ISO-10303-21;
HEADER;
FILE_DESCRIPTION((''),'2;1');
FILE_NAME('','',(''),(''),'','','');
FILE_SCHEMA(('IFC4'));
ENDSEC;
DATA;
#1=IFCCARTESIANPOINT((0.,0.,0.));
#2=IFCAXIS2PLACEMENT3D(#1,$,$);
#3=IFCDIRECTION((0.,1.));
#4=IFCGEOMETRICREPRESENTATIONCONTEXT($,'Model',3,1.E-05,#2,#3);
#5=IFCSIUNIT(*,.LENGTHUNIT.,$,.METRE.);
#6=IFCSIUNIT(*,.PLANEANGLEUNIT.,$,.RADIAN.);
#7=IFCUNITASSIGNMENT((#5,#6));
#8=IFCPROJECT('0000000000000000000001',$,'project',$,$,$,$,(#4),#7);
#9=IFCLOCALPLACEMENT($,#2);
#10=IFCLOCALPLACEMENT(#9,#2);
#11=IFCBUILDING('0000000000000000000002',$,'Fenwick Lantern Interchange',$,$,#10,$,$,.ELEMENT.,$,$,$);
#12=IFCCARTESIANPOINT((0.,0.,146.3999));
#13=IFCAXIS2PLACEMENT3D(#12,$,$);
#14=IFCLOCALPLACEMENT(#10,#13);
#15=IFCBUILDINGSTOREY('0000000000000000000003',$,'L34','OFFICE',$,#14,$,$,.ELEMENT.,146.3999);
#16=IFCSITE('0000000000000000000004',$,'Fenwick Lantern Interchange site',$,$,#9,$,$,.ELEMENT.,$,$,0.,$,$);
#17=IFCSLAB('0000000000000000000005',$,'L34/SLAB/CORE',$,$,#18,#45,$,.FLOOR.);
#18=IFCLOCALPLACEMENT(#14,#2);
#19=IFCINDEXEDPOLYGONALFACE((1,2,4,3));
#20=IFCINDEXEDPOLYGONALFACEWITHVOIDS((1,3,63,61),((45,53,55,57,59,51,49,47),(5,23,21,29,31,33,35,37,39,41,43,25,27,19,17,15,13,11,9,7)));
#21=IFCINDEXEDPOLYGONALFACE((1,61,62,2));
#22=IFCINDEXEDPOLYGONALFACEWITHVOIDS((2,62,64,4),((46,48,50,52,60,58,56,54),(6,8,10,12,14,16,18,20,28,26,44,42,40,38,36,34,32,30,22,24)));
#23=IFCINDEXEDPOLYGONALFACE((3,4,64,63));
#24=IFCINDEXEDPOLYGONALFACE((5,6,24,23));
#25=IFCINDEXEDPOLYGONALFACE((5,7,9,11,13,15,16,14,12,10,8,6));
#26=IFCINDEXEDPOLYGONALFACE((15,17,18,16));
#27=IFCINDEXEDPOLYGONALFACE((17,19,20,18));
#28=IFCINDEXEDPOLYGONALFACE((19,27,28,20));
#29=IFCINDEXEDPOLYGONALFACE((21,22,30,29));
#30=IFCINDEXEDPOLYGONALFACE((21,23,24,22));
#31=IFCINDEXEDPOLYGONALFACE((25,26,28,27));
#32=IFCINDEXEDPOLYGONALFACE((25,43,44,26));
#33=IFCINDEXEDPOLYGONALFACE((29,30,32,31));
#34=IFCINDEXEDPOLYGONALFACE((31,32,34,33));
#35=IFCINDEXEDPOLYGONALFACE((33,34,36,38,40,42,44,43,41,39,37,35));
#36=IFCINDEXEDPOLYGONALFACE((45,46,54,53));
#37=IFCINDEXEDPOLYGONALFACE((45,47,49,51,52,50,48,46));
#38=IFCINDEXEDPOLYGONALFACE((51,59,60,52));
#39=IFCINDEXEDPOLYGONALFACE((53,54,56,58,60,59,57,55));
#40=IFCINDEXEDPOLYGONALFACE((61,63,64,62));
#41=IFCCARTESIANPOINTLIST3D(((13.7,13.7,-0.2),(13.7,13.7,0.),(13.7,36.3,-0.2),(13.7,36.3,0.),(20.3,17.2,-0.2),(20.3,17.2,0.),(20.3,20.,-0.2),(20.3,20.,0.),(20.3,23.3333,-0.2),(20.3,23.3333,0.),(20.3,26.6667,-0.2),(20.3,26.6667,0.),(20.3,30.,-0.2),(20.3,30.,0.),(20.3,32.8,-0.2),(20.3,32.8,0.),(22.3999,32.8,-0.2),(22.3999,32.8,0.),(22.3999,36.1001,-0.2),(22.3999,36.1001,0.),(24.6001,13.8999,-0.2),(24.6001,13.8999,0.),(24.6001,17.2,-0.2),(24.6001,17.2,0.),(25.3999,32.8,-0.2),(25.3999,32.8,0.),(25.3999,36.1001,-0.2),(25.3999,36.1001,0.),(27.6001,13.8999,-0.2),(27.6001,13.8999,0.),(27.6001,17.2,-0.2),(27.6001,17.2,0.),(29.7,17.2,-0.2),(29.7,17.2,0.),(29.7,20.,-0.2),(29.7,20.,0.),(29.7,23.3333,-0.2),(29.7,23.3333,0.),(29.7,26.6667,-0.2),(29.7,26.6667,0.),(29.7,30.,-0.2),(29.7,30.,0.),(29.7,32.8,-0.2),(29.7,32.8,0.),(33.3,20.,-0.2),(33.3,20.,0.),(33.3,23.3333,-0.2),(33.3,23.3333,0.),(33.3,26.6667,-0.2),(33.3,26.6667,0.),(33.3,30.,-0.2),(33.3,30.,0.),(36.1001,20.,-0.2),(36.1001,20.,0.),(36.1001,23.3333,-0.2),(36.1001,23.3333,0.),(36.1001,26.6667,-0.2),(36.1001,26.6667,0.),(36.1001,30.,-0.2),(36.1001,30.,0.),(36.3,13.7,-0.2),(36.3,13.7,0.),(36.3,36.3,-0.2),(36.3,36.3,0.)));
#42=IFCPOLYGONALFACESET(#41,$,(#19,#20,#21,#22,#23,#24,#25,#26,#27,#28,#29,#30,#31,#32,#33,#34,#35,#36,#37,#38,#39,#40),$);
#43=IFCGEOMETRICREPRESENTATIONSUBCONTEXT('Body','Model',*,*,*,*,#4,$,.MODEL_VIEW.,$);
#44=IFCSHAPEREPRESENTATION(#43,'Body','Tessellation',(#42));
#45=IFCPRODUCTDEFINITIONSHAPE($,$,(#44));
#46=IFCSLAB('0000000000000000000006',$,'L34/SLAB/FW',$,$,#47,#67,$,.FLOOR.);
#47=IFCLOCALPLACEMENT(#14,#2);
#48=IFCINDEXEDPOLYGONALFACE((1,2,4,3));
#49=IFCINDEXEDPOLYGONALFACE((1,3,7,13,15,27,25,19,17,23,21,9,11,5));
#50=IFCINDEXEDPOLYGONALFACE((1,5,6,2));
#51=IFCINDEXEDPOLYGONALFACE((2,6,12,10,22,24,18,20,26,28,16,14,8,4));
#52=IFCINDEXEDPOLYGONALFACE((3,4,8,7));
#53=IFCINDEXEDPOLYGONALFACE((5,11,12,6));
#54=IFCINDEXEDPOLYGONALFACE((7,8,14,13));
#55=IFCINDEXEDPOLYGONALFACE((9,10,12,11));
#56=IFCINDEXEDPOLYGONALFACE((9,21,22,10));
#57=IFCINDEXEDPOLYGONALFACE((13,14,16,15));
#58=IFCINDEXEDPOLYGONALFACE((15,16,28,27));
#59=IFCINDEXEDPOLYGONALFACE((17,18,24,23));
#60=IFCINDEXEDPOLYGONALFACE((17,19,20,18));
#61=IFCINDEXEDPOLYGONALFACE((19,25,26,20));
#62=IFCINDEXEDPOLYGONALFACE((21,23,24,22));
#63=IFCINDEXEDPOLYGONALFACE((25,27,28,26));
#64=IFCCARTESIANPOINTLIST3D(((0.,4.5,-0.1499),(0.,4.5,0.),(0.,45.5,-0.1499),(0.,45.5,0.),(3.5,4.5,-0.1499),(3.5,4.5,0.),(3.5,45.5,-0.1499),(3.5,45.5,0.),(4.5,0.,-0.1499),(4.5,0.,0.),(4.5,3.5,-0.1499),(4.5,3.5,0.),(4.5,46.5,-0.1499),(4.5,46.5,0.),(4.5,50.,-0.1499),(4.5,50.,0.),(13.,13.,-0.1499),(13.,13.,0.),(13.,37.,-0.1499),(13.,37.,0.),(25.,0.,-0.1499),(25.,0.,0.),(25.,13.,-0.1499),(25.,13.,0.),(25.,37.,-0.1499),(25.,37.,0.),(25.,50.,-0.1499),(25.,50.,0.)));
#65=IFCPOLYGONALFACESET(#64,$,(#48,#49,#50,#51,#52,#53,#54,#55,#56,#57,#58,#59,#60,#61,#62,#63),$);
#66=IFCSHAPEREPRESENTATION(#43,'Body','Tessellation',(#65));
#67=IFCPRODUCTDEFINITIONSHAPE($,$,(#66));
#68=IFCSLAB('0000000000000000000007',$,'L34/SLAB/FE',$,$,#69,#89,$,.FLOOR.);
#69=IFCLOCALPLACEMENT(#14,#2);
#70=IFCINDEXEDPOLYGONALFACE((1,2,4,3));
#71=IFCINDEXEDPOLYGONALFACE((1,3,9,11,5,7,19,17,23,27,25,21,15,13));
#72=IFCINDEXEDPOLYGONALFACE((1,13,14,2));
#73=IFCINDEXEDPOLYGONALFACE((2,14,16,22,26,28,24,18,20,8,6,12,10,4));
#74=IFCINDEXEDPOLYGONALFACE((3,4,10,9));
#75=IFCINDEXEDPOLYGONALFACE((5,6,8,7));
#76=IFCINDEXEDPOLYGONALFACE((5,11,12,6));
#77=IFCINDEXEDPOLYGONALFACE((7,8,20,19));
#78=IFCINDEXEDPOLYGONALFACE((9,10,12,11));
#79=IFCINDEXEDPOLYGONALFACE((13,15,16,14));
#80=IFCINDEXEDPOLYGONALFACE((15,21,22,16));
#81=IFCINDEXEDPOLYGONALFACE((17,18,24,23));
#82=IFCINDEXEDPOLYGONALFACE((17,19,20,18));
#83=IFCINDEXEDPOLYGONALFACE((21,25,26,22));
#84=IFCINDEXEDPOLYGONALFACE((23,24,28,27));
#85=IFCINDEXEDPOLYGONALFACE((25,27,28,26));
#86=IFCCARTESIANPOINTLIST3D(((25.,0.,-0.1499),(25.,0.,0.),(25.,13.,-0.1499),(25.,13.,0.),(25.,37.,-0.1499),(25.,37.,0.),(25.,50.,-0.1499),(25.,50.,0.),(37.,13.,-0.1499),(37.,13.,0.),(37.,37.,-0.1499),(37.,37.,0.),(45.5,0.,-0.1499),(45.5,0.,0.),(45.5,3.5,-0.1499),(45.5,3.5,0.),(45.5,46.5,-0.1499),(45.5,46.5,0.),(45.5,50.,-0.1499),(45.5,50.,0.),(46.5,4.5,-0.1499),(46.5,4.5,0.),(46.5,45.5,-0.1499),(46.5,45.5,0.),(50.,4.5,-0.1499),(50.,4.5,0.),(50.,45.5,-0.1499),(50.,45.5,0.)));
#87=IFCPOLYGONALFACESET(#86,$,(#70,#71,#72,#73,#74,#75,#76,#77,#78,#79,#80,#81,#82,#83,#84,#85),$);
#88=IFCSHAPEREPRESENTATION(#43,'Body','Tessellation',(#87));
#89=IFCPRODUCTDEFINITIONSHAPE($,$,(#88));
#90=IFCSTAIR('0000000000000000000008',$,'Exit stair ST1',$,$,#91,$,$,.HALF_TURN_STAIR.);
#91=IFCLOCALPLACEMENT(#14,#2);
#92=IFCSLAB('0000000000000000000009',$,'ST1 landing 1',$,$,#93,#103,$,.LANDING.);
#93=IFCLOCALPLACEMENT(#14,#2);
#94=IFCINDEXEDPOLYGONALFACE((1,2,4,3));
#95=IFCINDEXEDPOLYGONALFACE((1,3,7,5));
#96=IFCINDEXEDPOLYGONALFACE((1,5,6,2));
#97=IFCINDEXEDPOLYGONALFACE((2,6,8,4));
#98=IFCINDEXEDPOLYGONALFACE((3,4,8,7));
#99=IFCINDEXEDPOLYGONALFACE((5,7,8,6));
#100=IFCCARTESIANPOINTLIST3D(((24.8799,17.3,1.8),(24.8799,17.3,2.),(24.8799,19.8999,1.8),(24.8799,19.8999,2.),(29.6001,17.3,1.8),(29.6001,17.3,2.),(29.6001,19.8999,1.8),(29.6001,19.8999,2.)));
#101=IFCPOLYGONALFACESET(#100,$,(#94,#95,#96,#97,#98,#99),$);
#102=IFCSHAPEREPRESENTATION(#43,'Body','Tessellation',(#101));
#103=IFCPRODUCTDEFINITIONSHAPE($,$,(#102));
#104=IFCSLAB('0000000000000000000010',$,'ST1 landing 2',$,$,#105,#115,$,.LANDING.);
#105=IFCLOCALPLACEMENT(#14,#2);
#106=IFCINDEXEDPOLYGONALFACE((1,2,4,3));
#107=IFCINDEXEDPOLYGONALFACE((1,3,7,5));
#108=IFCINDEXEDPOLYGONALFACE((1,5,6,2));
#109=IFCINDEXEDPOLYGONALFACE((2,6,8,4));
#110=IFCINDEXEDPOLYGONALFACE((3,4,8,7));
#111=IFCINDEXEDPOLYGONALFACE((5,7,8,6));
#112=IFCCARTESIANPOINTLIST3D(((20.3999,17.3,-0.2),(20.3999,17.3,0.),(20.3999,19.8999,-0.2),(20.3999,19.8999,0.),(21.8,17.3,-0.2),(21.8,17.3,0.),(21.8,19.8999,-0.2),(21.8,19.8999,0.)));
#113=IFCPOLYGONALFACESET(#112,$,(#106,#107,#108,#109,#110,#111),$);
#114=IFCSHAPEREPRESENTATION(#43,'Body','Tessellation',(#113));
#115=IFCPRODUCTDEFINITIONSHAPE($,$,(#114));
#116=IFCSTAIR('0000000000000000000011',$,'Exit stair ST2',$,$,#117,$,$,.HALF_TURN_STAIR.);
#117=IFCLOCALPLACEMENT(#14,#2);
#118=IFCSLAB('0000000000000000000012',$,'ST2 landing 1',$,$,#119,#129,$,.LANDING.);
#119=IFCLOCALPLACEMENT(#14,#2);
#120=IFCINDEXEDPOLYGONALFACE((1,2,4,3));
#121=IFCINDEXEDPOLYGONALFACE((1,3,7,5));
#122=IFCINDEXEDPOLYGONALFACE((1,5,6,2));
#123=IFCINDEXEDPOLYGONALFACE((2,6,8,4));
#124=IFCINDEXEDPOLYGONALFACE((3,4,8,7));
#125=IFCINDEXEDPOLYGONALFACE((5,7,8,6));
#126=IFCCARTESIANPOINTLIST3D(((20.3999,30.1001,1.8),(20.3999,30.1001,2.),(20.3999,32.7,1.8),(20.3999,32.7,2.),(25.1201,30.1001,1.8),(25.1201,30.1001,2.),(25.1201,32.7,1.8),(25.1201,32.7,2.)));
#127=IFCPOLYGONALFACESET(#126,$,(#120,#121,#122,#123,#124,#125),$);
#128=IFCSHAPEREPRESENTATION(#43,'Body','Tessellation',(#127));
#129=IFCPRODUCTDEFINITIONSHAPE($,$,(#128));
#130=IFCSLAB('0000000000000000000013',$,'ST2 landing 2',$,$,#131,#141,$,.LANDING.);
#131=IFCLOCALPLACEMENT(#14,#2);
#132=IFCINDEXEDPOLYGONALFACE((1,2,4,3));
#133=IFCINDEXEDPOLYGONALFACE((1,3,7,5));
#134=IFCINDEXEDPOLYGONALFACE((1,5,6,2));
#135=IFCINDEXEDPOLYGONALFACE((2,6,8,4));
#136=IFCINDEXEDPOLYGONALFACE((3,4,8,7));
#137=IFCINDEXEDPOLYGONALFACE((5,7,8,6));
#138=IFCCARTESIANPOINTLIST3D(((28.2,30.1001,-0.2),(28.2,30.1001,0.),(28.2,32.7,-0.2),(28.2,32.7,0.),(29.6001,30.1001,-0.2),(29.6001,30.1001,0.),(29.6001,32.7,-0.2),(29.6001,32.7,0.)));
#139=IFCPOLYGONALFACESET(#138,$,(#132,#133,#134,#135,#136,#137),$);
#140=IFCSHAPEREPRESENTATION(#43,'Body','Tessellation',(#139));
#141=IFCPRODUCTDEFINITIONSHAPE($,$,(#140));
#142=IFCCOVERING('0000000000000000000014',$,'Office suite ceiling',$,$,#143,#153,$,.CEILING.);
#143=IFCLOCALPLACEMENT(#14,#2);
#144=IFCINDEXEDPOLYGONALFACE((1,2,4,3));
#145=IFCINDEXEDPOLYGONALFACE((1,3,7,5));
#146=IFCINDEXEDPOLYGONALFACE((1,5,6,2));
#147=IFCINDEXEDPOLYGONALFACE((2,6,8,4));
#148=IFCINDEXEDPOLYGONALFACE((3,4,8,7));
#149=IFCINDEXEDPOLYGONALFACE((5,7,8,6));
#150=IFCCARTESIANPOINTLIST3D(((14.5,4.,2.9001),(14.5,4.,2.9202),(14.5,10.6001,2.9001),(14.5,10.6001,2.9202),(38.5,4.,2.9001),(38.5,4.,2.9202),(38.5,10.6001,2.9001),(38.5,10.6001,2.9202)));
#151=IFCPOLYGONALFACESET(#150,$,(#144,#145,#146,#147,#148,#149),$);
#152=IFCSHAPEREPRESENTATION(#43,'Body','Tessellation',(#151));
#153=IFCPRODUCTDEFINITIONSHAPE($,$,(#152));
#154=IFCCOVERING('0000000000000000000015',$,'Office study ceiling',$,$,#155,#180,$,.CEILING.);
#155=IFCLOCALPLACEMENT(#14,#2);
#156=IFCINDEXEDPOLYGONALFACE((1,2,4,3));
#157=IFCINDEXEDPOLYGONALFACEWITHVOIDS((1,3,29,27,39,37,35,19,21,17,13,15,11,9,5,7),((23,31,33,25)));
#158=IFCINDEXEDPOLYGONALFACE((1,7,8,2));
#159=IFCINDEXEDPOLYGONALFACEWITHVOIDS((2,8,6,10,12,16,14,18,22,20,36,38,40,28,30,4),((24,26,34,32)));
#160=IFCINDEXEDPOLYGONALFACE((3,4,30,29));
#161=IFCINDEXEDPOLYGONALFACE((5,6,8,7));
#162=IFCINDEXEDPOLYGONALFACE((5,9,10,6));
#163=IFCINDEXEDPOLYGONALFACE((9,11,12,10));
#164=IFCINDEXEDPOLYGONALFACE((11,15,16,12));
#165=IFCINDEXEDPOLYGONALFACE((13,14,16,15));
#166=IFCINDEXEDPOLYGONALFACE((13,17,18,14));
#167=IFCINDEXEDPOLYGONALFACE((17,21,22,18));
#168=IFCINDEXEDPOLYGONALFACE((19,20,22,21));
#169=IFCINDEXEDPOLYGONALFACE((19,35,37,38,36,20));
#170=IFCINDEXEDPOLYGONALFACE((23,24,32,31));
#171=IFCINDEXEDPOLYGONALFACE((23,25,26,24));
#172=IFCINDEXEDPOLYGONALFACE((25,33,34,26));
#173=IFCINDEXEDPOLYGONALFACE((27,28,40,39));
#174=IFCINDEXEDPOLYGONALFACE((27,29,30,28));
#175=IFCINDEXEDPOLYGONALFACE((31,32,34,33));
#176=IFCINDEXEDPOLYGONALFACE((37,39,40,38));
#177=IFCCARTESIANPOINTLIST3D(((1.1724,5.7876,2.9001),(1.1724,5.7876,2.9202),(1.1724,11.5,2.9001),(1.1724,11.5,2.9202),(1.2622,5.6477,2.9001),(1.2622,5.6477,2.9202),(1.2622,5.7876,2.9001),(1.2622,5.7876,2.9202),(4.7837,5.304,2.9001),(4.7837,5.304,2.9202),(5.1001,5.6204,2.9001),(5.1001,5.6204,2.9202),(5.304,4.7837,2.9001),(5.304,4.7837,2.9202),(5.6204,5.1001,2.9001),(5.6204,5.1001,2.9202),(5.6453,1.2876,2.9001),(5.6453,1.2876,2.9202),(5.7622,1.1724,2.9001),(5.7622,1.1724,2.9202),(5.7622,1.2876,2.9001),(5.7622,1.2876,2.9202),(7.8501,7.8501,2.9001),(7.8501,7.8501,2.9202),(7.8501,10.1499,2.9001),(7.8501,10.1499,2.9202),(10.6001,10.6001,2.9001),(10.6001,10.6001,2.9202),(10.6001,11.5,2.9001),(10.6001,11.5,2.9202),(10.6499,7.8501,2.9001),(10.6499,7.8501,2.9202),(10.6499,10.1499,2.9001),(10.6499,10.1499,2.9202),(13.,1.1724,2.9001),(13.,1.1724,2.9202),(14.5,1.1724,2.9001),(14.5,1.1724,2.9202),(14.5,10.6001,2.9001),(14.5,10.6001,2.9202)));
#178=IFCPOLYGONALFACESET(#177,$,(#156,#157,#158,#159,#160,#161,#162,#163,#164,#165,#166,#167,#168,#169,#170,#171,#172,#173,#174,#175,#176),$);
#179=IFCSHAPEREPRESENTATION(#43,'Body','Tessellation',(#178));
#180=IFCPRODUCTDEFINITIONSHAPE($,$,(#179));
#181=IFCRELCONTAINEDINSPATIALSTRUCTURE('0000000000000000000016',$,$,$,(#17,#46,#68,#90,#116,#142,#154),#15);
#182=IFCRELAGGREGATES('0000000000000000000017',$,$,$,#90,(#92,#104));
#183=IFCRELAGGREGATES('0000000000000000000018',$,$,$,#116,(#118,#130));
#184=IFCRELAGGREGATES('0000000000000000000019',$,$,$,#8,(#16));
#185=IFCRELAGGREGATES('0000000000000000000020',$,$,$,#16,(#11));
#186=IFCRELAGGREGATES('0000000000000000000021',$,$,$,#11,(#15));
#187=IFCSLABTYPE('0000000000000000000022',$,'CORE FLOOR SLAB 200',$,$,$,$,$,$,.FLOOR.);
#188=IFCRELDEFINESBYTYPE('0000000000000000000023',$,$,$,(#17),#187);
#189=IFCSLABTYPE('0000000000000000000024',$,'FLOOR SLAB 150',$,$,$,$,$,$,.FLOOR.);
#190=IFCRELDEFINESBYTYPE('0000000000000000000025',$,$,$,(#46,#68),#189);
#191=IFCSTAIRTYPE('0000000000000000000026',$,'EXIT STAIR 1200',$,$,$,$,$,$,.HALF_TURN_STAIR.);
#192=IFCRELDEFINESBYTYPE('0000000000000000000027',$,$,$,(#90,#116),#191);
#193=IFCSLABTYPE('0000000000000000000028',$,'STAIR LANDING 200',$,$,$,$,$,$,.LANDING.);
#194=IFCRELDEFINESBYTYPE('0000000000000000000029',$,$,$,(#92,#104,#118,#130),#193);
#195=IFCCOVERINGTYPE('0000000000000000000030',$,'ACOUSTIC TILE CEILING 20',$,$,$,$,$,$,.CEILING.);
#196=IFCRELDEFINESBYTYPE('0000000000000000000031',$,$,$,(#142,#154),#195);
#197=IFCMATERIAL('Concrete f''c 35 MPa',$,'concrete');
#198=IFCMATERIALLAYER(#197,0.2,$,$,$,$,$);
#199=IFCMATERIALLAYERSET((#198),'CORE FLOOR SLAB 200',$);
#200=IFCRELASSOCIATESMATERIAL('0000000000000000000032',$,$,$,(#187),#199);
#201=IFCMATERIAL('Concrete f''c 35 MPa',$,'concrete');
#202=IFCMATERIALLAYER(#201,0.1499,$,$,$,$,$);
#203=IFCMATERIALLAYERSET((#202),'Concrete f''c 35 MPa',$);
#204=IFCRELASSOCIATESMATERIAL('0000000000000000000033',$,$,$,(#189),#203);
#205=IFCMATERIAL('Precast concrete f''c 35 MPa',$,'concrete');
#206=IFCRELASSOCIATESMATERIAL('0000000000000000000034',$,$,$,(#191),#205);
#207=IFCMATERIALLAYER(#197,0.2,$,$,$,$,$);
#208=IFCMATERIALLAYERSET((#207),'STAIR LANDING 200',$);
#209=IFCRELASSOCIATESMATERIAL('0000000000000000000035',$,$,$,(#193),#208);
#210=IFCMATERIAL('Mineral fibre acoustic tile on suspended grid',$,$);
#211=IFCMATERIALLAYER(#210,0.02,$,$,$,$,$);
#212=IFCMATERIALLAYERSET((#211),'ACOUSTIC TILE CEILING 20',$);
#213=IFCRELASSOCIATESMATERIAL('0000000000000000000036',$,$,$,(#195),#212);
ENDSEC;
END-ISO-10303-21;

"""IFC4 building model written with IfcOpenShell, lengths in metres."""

from ifc_helpers import new_model, si_unit, direction, frame, origin, place, context, subcontext, project, spatial, polyline, outline, extrude, material, layer, layer_set, type_object, element, aggregate, save


model = new_model("IFC4")

# Units and contexts
model_context = context("Model", 3, precision=1e-05, world=origin(), true_north=direction((0.0, 1.0)))
body_context = subcontext(model_context, "Body", "Model", "MODEL_VIEW")
ifc_project = project(units=[si_unit("LENGTHUNIT", "METRE"), si_unit("PLANEANGLEUNIT", "RADIAN")], contexts=[model_context])

# Site, building, storey
site_placement = place(None, origin())
site = spatial("IfcSite", under=ifc_project, at=site_placement, Name="Fenwick Lantern Interchange site", CompositionType="ELEMENT", RefElevation=0.0)
building_placement = place(site_placement, origin())
building = spatial("IfcBuilding", under=site, at=building_placement, Name="Fenwick Lantern Interchange", CompositionType="ELEMENT")
storey_placement = place(building_placement, frame((0.0, 0.0, 146.3999)))
storey = spatial("IfcBuildingStorey", under=building, at=storey_placement, Name="L34", Description="OFFICE", CompositionType="ELEMENT", Elevation=146.3999)

# Slabs
ifc_material_1 = material(Name="Concrete f'c 35 MPa", Category="concrete")
ifc_layer_1 = layer(ifc_material_1, 0.2)
ifc_layer_set_1 = layer_set([ifc_layer_1], Name="CORE FLOOR SLAB 200")
slab_type_1 = type_object("IfcSlabType", Name="CORE FLOOR SLAB 200", PredefinedType="FLOOR", material=ifc_layer_set_1)
slab_1_placement = place(storey_placement, frame((0.0, 0.0, -0.2)))
element("IfcSlab", 1, at=slab_1_placement, inside=storey, type_object=slab_type_1, Name="L34/SLAB/CORE", PredefinedType="FLOOR", context=body_context, shape_type="SweptSolid", body=[
    extrude(outline(polyline([(13.7, 36.3), (36.3, 36.3), (36.3, 13.7), (13.7, 13.7), (13.7, 36.3)]), holes=[polyline([(29.7, 17.2), (29.7, 20.0), (29.7, 23.3333), (29.7, 26.6667), (29.7, 30.0), (29.7, 32.8), (25.3999, 32.8), (25.3999, 36.1001), (22.3999, 36.1001), (22.3999, 32.8), (20.3, 32.8), (20.3, 30.0), (20.3, 26.6667), (20.3, 23.3333), (20.3, 20.0), (20.3, 17.2), (24.6001, 17.2), (24.6001, 13.8999), (27.6001, 13.8999), (27.6001, 17.2), (29.7, 17.2)]), polyline([(33.3, 23.3333), (33.3, 20.0), (36.1001, 20.0), (36.1001, 23.3333), (36.1001, 26.6667), (36.1001, 30.0), (33.3, 30.0), (33.3, 26.6667), (33.3, 23.3333)])]), origin(), (0.0, 0.0, 1.0), 0.2),
])
ifc_material_2 = material(Name="Concrete f'c 35 MPa", Category="concrete")
ifc_layer_2 = layer(ifc_material_2, 0.1499)
ifc_layer_set_2 = layer_set([ifc_layer_2], Name="Concrete f'c 35 MPa")
slab_type_2 = type_object("IfcSlabType", Name="FLOOR SLAB 150", PredefinedType="FLOOR", material=ifc_layer_set_2)
slab_2_placement = place(storey_placement, frame((0.0, 0.0, -0.1499)))
element("IfcSlab", 2, at=slab_2_placement, inside=storey, type_object=slab_type_2, Name="L34/SLAB/FW", PredefinedType="FLOOR", context=body_context, shape_type="SweptSolid", body=[
    extrude(outline(polyline([(4.5, 0.0), (4.5, 3.5), (3.5, 4.5), (0.0, 4.5), (0.0, 45.5), (3.5, 45.5), (4.5, 46.5), (4.5, 50.0), (25.0, 50.0), (25.0, 37.0), (13.0, 37.0), (13.0, 13.0), (25.0, 13.0), (25.0, 0.0), (4.5, 0.0)])), origin(), (0.0, 0.0, 1.0), 0.1499),
])
slab_3_placement = place(storey_placement, frame((0.0, 0.0, -0.1499)))
element("IfcSlab", 3, at=slab_3_placement, inside=storey, type_object=slab_type_2, Name="L34/SLAB/FE", PredefinedType="FLOOR", context=body_context, shape_type="SweptSolid", body=[
    extrude(outline(polyline([(45.5, 50.0), (45.5, 46.5), (46.5, 45.5), (50.0, 45.5), (50.0, 4.5), (46.5, 4.5), (45.5, 3.5), (45.5, 0.0), (25.0, 0.0), (25.0, 13.0), (37.0, 13.0), (37.0, 37.0), (25.0, 37.0), (25.0, 50.0), (45.5, 50.0)])), origin(), (0.0, 0.0, 1.0), 0.1499),
])

# Stairs, slabs
ifc_material_3 = material(Name="Precast concrete f'c 35 MPa", Category="concrete")
stair_type = type_object("IfcStairType", Name="EXIT STAIR 1200", PredefinedType="HALF_TURN_STAIR", material=ifc_material_3)
stair_1_placement = place(storey_placement, origin())
stair_1 = element("IfcStair", 4, at=stair_1_placement, inside=storey, type_object=stair_type, Name="Exit stair ST1", PredefinedType="HALF_TURN_STAIR")
ifc_layer_3 = layer(ifc_material_1, 0.2)
ifc_layer_set_3 = layer_set([ifc_layer_3], Name="STAIR LANDING 200")
slab_type_3 = type_object("IfcSlabType", Name="STAIR LANDING 200", PredefinedType="LANDING", material=ifc_layer_set_3)
slab_4_placement = place(storey_placement, frame((0.0, 0.0, 1.8)))
slab_4 = element("IfcSlab", 5, at=slab_4_placement, type_object=slab_type_3, Name="ST1 landing 1", PredefinedType="LANDING", context=body_context, shape_type="SweptSolid", body=[
    extrude(outline(polyline([(24.8799, 17.3), (29.6001, 17.3), (29.6001, 19.8999), (24.8799, 19.8999), (24.8799, 17.3)])), origin(), (0.0, 0.0, 1.0), 0.2),
])
slab_5_placement = place(storey_placement, frame((0.0, 0.0, -0.2)))
slab_5 = element("IfcSlab", 6, at=slab_5_placement, type_object=slab_type_3, Name="ST1 landing 2", PredefinedType="LANDING", context=body_context, shape_type="SweptSolid", body=[
    extrude(outline(polyline([(20.3999, 17.3), (21.8, 17.3), (21.8, 19.8999), (20.3999, 19.8999), (20.3999, 17.3)])), origin(), (0.0, 0.0, 1.0), 0.2),
])
aggregate(stair_1, [slab_4, slab_5])
stair_2_placement = place(storey_placement, origin())
stair_2 = element("IfcStair", 7, at=stair_2_placement, inside=storey, type_object=stair_type, Name="Exit stair ST2", PredefinedType="HALF_TURN_STAIR")
slab_6_placement = place(storey_placement, frame((0.0, 0.0, 1.8)))
slab_6 = element("IfcSlab", 8, at=slab_6_placement, type_object=slab_type_3, Name="ST2 landing 1", PredefinedType="LANDING", context=body_context, shape_type="SweptSolid", body=[
    extrude(outline(polyline([(25.1201, 32.7), (20.3999, 32.7), (20.3999, 30.1001), (25.1201, 30.1001), (25.1201, 32.7)])), origin(), (0.0, 0.0, 1.0), 0.2),
])
slab_7_placement = place(storey_placement, frame((0.0, 0.0, -0.2)))
slab_7 = element("IfcSlab", 9, at=slab_7_placement, type_object=slab_type_3, Name="ST2 landing 2", PredefinedType="LANDING", context=body_context, shape_type="SweptSolid", body=[
    extrude(outline(polyline([(29.6001, 32.7), (28.2, 32.7), (28.2, 30.1001), (29.6001, 30.1001), (29.6001, 32.7)])), origin(), (0.0, 0.0, 1.0), 0.2),
])
aggregate(stair_2, [slab_6, slab_7])

# Coverings
ifc_material_4 = material(Name="Mineral fibre acoustic tile on suspended grid")
ifc_layer_4 = layer(ifc_material_4, 0.02)
ifc_layer_set_4 = layer_set([ifc_layer_4], Name="ACOUSTIC TILE CEILING 20")
covering_type_1 = type_object("IfcCoveringType", Name="ACOUSTIC TILE CEILING 20", PredefinedType="CEILING", material=ifc_layer_set_4)
covering_1_placement = place(storey_placement, frame((0.0, 0.0, 2.9001)))
element("IfcCovering", 10, at=covering_1_placement, inside=storey, type_object=covering_type_1, Name="Office suite ceiling", PredefinedType="CEILING", context=body_context, shape_type="SweptSolid", body=[
    extrude(outline(polyline([(14.5, 10.6001), (14.5, 4.0), (38.5, 4.0), (38.5, 10.6001), (14.5, 10.6001)])), origin(), (0.0, 0.0, 1.0), 0.02),
])
covering_2_placement = place(storey_placement, frame((0.0, 0.0, 2.9001)))
element("IfcCovering", 11, at=covering_2_placement, inside=storey, type_object=covering_type_1, Name="Office study ceiling", PredefinedType="CEILING", context=body_context, shape_type="SweptSolid", body=[
    extrude(outline(polyline([(10.6001, 10.6001), (10.6001, 11.5), (1.1724, 11.5), (1.1724, 5.7876), (1.2622, 5.7876), (1.2622, 5.6477), (4.7837, 5.304), (5.1001, 5.6204), (5.6204, 5.1001), (5.304, 4.7837), (5.6453, 1.2876), (5.7622, 1.2876), (5.7622, 1.1724), (13.0, 1.1724), (14.5, 1.1724), (14.5, 10.6001), (10.6001, 10.6001)]), holes=[polyline([(7.8501, 10.1499), (10.6499, 10.1499), (10.6499, 7.8501), (7.8501, 7.8501), (7.8501, 10.1499)])]), origin(), (0.0, 0.0, 1.0), 0.02),
])

save(model, "model.ifc")
